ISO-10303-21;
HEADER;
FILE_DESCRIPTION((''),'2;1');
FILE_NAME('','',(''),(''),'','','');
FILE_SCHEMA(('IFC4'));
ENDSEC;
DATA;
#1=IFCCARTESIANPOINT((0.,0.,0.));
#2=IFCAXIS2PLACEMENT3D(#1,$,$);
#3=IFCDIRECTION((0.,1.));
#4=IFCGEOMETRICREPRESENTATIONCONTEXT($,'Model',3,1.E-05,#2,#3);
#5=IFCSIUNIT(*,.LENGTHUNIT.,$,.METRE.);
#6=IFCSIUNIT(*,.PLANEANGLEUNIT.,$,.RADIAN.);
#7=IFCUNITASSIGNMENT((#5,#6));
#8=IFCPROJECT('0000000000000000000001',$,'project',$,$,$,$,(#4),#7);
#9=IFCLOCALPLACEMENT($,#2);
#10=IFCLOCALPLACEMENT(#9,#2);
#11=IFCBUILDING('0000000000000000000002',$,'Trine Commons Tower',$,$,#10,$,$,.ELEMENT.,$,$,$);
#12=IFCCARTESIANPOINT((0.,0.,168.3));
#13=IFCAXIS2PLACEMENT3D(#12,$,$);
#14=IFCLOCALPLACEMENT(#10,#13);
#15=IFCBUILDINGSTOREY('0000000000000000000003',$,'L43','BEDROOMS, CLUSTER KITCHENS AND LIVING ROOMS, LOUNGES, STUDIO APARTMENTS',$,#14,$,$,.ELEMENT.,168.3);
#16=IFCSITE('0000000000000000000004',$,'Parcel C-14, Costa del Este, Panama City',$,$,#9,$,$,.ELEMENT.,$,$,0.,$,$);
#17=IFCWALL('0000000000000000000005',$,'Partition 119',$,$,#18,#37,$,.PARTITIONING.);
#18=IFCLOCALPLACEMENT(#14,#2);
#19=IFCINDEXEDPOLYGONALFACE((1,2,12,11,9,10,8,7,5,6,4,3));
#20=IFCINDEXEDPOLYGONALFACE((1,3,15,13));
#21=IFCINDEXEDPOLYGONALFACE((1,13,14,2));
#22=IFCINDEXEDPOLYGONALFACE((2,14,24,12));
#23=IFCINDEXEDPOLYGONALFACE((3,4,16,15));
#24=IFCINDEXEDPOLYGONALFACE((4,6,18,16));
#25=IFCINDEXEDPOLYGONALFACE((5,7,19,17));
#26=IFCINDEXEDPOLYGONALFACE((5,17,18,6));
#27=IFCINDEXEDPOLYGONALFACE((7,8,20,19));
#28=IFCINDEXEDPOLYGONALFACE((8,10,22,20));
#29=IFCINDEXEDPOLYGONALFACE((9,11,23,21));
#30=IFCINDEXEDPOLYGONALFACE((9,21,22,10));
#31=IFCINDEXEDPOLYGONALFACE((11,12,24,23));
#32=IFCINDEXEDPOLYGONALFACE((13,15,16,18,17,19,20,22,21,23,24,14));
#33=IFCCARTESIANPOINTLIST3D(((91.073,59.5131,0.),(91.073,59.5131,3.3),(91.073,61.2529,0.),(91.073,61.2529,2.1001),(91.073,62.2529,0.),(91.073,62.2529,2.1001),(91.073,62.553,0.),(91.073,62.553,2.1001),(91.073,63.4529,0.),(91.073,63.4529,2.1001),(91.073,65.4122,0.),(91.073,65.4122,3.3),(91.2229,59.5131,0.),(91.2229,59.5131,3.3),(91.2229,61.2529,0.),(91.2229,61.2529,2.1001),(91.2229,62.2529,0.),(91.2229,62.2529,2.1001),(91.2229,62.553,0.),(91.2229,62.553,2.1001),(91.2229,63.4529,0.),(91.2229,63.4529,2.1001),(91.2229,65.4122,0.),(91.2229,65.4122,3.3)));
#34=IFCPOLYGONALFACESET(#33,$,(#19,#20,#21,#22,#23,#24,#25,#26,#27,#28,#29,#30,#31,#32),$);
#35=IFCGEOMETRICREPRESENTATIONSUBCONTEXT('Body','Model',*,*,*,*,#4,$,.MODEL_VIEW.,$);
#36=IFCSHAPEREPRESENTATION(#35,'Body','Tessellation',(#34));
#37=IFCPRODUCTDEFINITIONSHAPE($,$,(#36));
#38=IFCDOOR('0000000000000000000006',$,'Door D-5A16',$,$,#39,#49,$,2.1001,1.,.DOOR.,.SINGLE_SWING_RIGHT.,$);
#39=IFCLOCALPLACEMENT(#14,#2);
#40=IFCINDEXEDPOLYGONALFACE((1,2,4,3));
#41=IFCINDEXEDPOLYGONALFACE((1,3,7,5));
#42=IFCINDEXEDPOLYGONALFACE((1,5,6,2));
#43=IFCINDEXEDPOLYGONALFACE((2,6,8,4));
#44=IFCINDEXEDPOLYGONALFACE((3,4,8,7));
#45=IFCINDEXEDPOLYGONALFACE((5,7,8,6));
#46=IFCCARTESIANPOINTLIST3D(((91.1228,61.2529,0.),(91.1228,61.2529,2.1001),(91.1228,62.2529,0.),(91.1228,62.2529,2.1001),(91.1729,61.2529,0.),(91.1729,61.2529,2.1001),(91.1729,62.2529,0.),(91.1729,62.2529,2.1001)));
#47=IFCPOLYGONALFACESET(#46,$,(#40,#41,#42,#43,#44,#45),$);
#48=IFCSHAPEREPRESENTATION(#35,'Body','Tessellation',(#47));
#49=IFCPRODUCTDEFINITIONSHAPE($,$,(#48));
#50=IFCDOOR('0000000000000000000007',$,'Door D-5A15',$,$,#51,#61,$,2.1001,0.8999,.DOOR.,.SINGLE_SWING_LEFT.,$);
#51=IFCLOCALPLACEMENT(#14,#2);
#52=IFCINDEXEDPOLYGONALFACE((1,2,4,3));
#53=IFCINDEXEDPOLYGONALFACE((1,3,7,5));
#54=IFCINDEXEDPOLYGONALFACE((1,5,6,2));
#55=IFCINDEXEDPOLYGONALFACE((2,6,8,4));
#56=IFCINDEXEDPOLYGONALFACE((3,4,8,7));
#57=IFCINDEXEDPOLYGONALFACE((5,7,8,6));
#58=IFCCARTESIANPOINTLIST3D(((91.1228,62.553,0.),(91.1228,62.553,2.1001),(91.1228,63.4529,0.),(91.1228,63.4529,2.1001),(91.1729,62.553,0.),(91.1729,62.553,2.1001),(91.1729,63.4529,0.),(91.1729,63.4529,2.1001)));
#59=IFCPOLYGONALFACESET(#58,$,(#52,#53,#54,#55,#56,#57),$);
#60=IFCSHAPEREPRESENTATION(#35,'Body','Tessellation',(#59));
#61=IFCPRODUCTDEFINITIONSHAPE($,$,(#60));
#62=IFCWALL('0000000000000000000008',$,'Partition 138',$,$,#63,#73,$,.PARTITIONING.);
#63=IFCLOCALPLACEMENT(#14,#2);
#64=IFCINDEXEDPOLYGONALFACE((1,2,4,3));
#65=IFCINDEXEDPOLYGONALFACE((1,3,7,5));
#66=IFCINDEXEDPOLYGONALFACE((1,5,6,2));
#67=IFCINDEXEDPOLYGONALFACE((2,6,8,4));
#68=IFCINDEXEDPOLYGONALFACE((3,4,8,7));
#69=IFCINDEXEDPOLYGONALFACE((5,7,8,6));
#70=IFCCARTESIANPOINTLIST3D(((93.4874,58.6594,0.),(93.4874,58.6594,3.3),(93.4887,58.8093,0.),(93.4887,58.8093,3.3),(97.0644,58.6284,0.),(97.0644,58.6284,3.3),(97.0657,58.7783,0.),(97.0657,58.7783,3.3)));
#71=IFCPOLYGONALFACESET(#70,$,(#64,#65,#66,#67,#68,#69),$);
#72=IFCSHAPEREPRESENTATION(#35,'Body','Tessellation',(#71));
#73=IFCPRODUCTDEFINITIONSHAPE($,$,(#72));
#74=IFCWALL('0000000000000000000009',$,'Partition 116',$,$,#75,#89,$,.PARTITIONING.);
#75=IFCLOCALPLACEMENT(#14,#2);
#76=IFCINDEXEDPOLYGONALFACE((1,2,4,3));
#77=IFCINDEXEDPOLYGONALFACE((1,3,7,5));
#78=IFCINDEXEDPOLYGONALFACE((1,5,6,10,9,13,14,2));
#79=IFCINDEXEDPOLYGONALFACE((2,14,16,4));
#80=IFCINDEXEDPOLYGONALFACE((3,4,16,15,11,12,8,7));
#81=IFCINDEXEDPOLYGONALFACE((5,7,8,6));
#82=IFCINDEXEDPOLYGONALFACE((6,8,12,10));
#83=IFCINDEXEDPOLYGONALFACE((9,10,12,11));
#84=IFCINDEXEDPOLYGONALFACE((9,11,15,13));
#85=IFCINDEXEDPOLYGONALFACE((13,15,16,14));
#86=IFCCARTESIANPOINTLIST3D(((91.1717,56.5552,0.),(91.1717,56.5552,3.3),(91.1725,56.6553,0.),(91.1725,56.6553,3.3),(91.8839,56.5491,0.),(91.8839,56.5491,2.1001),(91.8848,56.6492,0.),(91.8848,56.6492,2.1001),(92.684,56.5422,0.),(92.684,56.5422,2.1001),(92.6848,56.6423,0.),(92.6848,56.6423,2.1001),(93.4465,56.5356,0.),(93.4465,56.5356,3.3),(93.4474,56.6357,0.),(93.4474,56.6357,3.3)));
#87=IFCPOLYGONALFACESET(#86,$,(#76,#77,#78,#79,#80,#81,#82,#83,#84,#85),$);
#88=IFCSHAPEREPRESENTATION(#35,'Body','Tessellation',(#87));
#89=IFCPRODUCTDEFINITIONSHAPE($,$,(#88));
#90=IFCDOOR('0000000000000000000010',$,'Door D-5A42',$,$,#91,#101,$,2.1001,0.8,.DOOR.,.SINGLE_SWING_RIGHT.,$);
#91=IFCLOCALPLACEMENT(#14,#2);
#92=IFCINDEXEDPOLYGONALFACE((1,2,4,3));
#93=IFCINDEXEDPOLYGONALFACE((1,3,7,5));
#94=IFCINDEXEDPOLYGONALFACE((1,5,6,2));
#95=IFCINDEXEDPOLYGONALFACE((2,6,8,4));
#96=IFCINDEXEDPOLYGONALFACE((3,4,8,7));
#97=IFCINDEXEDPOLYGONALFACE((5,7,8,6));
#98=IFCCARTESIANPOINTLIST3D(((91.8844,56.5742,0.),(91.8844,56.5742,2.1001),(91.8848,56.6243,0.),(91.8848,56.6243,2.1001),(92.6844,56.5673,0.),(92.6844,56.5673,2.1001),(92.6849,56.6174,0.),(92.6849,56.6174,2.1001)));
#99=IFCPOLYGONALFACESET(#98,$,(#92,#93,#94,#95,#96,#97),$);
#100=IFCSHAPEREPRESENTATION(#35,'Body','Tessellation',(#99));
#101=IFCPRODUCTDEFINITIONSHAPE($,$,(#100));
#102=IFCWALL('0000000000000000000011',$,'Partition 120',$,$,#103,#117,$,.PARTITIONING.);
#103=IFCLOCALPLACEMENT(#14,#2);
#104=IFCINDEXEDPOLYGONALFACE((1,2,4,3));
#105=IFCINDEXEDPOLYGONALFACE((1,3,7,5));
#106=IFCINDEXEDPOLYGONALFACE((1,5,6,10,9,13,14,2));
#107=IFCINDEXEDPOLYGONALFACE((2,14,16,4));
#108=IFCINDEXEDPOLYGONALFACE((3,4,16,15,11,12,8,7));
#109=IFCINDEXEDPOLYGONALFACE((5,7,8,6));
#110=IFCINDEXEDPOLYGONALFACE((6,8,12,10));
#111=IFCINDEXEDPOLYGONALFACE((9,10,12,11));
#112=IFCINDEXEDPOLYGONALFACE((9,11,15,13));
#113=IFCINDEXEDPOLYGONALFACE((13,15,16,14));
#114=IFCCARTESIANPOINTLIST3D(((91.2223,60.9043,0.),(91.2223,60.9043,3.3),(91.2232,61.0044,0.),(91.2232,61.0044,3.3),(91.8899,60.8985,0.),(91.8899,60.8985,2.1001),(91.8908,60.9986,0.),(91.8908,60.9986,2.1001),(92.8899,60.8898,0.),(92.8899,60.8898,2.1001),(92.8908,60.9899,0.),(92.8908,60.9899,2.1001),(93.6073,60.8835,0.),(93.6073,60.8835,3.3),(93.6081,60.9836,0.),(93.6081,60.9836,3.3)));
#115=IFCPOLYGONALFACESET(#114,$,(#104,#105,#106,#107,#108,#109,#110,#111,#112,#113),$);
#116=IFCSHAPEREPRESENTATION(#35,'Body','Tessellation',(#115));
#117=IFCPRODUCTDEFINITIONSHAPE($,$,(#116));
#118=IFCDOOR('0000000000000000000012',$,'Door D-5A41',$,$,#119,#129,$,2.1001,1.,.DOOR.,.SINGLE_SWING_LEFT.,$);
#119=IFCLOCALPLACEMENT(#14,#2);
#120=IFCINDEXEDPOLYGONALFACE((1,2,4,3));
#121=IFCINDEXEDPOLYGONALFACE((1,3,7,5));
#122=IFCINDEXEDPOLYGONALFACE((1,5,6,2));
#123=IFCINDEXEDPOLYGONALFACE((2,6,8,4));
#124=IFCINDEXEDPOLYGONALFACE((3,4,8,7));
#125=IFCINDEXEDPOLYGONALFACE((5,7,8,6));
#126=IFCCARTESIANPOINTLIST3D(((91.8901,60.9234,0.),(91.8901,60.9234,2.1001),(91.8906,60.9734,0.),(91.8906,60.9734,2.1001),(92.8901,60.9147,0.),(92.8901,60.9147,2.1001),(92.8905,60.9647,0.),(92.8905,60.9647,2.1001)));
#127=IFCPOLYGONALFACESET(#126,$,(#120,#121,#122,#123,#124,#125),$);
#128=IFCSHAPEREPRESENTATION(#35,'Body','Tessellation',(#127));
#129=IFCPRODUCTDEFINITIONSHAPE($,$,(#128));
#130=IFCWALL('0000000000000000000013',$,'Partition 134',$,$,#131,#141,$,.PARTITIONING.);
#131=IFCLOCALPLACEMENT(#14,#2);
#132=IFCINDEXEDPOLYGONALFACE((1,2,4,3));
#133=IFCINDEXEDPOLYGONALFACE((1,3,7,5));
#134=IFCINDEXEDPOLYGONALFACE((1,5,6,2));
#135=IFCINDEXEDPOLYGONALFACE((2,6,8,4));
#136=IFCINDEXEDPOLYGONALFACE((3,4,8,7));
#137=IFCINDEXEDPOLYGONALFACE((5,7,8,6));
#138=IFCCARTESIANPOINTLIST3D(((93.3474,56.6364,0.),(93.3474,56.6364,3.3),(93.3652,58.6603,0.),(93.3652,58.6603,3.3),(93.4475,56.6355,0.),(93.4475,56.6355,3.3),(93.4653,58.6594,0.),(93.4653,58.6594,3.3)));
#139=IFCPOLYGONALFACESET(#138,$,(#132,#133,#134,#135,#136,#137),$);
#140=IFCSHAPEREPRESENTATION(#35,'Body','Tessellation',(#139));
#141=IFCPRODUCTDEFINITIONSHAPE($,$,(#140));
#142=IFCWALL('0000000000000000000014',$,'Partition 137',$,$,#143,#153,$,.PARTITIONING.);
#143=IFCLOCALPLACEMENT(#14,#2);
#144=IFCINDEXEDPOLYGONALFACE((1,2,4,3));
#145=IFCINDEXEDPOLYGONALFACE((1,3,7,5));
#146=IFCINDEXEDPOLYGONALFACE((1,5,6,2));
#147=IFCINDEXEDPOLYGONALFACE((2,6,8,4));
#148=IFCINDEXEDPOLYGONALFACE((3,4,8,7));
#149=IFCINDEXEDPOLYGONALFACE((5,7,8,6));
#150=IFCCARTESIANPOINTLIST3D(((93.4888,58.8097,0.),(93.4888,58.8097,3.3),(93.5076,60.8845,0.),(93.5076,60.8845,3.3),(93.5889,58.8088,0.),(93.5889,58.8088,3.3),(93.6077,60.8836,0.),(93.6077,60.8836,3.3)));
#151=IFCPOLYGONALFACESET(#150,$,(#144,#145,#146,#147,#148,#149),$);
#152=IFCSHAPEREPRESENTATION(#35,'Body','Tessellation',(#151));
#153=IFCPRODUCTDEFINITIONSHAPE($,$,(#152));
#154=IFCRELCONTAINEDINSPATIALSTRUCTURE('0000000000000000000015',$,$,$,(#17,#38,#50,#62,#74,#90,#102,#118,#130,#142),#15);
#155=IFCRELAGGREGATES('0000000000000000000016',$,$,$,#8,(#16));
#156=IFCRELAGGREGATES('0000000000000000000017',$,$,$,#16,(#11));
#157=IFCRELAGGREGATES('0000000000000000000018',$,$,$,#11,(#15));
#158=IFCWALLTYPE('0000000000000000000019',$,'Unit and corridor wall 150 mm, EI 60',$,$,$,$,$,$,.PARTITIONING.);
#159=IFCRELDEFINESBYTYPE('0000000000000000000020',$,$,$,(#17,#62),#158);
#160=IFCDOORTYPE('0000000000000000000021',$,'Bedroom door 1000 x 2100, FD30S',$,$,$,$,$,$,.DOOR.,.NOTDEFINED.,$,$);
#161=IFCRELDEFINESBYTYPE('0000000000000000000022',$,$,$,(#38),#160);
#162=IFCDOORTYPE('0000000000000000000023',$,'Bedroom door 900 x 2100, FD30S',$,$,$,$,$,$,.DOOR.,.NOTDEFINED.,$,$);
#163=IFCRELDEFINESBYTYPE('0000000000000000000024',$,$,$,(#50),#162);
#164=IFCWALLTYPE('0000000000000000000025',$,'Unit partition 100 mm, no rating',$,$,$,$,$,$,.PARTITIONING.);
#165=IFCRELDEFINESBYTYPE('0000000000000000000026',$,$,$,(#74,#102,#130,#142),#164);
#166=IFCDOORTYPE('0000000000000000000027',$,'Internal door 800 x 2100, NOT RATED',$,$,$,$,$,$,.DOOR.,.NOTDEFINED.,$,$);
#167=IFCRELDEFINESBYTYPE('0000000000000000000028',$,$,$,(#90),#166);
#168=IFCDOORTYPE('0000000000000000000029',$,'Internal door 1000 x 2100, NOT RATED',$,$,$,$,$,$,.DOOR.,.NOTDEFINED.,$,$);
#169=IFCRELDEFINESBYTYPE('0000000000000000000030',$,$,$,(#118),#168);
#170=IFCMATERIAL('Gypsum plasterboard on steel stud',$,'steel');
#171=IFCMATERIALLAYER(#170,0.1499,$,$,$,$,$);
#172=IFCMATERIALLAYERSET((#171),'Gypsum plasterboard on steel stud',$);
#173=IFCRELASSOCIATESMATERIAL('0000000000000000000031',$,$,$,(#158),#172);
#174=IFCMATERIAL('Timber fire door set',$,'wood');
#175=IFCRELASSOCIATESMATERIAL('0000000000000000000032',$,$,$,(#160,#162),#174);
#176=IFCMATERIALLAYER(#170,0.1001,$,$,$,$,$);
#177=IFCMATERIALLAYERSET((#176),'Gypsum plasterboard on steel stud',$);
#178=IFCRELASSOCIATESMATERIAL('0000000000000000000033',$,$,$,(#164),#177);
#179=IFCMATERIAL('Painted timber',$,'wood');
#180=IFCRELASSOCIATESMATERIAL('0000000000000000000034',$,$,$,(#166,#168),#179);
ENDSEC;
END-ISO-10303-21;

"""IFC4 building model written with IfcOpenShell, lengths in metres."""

from ifc_helpers import new_model, si_unit, direction, frame, frame_2d, origin, place, context, subcontext, project, spatial, rectangle, extrude, material, layer, layer_set, type_object, element, fill, save


model = new_model("IFC4")

# Units and contexts
model_context = context("Model", 3, precision=1e-05, world=origin(), true_north=direction((0.0, 1.0)))
body_context = subcontext(model_context, "Body", "Model", "MODEL_VIEW")
ifc_project = project(units=[si_unit("LENGTHUNIT", "METRE"), si_unit("PLANEANGLEUNIT", "RADIAN")], contexts=[model_context])

# Site, building, storey
site_placement = place(None, origin())
site = spatial("IfcSite", under=ifc_project, at=site_placement, Name="Parcel C-14, Costa del Este, Panama City", CompositionType="ELEMENT", RefElevation=0.0)
building_placement = place(site_placement, origin())
building = spatial("IfcBuilding", under=site, at=building_placement, Name="Trine Commons Tower", CompositionType="ELEMENT")
storey_placement = place(building_placement, frame((0.0, 0.0, 168.3)))
storey = spatial("IfcBuildingStorey", under=building, at=storey_placement, Name="L43", Description="BEDROOMS, CLUSTER KITCHENS AND LIVING ROOMS, LOUNGES, STUDIO APARTMENTS", CompositionType="ELEMENT", Elevation=168.3)

# Shared definitions
ifc_material_1 = material(Name="Gypsum plasterboard on steel stud", Category="steel")
ifc_layer_1 = layer(ifc_material_1, 0.1499)
ifc_layer_set_1 = layer_set([ifc_layer_1], Name="Gypsum plasterboard on steel stud")
wall_type_1 = type_object("IfcWallType", Name="Unit and corridor wall 150 mm, EI 60", PredefinedType="PARTITIONING", material=ifc_layer_set_1)

# Wall, openings, doors
wall_1_placement = place(storey_placement, frame((91.1479, 59.5129, 0.0), z_axis=(0.0, 0.0, 1.0), x_axis=(0.0, 1.0, 0.0)))
wall_1 = element("IfcWall", 1, at=wall_1_placement, inside=storey, type_object=wall_type_1, Name="Partition 119", PredefinedType="PARTITIONING", context=body_context, shape_type="SweptSolid", body=[
    extrude(rectangle(XDim=5.8992, YDim=0.1499, at=frame_2d((2.9497, 0.0))), origin(), (0.0, 0.0, 1.0), 3.3),
])
opening_1_placement = place(wall_1_placement, frame((3.04, 0.0, 0.0)))
opening_1 = element("IfcOpeningElement", 2, at=opening_1_placement, cuts=wall_1, PredefinedType="OPENING", context=body_context, shape_type="SweptSolid", body=[
    extrude(rectangle(XDim=0.8999, YDim=2.1001, at=frame_2d((0.45, 1.05))), frame((0.0, 0.085, 0.0), z_axis=(0.0, -1.0, 0.0), x_axis=(1.0, 0.0, 0.0)), (0.0, 0.0, 1.0), 0.1699),
])
opening_2_placement = place(wall_1_placement, frame((1.74, 0.0, 0.0)))
opening_2 = element("IfcOpeningElement", 3, at=opening_2_placement, cuts=wall_1, PredefinedType="OPENING", context=body_context, shape_type="SweptSolid", body=[
    extrude(rectangle(XDim=1.0, YDim=2.1001, at=frame_2d((0.5, 1.05))), frame((0.0, 0.085, 0.0), z_axis=(0.0, -1.0, 0.0), x_axis=(1.0, 0.0, 0.0)), (0.0, 0.0, 1.0), 0.1699),
])
ifc_material_2 = material(Name="Timber fire door set", Category="wood")
door_type_1 = type_object("IfcDoorType", Name="Bedroom door 1000 x 2100, FD30S", OperationType="NOTDEFINED", PredefinedType="DOOR", material=ifc_material_2)
door_1_placement = place(opening_2_placement, frame((1.0, 0.0, 0.0), z_axis=(0.0, 0.0, 1.0), x_axis=(-1.0, 0.0, 0.0)))
door_1 = element("IfcDoor", 4, at=door_1_placement, inside=storey, type_object=door_type_1, Name="Door D-5A16", OperationType="SINGLE_SWING_RIGHT", OverallHeight=2.1001, OverallWidth=1.0, PredefinedType="DOOR", context=body_context, shape_type="SweptSolid", body=[
    extrude(rectangle(XDim=1.0, YDim=2.1001, at=frame_2d((0.5, 1.05))), frame((0.0, 0.0249, 0.0), z_axis=(0.0, -1.0, 0.0), x_axis=(1.0, 0.0, 0.0)), (0.0, 0.0, 1.0), 0.05),
])
fill(opening_2, door_1)
door_type_2 = type_object("IfcDoorType", Name="Bedroom door 900 x 2100, FD30S", OperationType="NOTDEFINED", PredefinedType="DOOR", material=ifc_material_2)
door_2_placement = place(opening_1_placement, frame((0.8999, 0.0, 0.0), z_axis=(0.0, 0.0, 1.0), x_axis=(-1.0, 0.0, 0.0)))
door_2 = element("IfcDoor", 5, at=door_2_placement, inside=storey, type_object=door_type_2, Name="Door D-5A15", OperationType="SINGLE_SWING_LEFT", OverallHeight=2.1001, OverallWidth=0.8999, PredefinedType="DOOR", context=body_context, shape_type="SweptSolid", body=[
    extrude(rectangle(XDim=0.8999, YDim=2.1001, at=frame_2d((0.45, 1.05))), frame((0.0, 0.0249, 0.0), z_axis=(0.0, -1.0, 0.0), x_axis=(1.0, 0.0, 0.0)), (0.0, 0.0, 1.0), 0.05),
])
fill(opening_1, door_2)

# Wall
wall_2_placement = place(storey_placement, frame((93.488, 58.7344, 0.0), z_axis=(0.0, 0.0, 1.0), x_axis=(0.999962, -0.008668, 0.0)))
element("IfcWall", 6, at=wall_2_placement, inside=storey, type_object=wall_type_1, Name="Partition 138", PredefinedType="PARTITIONING", context=body_context, shape_type="SweptSolid", body=[
    extrude(rectangle(XDim=3.5771, YDim=0.1499, at=frame_2d((1.7886, 0.0))), origin(), (0.0, 0.0, 1.0), 3.3),
])

# Walls, openings, doors
ifc_layer_2 = layer(ifc_material_1, 0.1001)
ifc_layer_set_2 = layer_set([ifc_layer_2], Name="Gypsum plasterboard on steel stud")
wall_type_2 = type_object("IfcWallType", Name="Unit partition 100 mm, no rating", PredefinedType="PARTITIONING", material=ifc_layer_set_2)
wall_3_placement = place(storey_placement, frame((91.1721, 56.6052, 0.0), z_axis=(0.0, 0.0, 1.0), x_axis=(0.999963, -0.008585, 0.0)))
wall_3 = element("IfcWall", 7, at=wall_3_placement, inside=storey, type_object=wall_type_2, Name="Partition 116", PredefinedType="PARTITIONING", context=body_context, shape_type="SweptSolid", body=[
    extrude(rectangle(XDim=2.2749, YDim=0.1001, at=frame_2d((1.1375, 0.0))), origin(), (0.0, 0.0, 1.0), 3.3),
])
opening_3_placement = place(wall_3_placement, frame((0.7124, 0.0, 0.0)))
opening_3 = element("IfcOpeningElement", 8, at=opening_3_placement, cuts=wall_3, PredefinedType="OPENING", context=body_context, shape_type="SweptSolid", body=[
    extrude(rectangle(XDim=0.8, YDim=2.1001, at=frame_2d((0.3999, 1.05))), frame((0.0, 0.0601, 0.0), z_axis=(0.0, -1.0, 0.0), x_axis=(1.0, 0.0, 0.0)), (0.0, 0.0, 1.0), 0.1201),
])
ifc_material_3 = material(Name="Painted timber", Category="wood")
door_type_3 = type_object("IfcDoorType", Name="Internal door 800 x 2100, NOT RATED", OperationType="NOTDEFINED", PredefinedType="DOOR", material=ifc_material_3)
door_3_placement = place(opening_3_placement, frame((0.8, 0.0, 0.0), z_axis=(0.0, 0.0, 1.0), x_axis=(-1.0, 0.0, 0.0)))
door_3 = element("IfcDoor", 9, at=door_3_placement, inside=storey, type_object=door_type_3, Name="Door D-5A42", OperationType="SINGLE_SWING_RIGHT", OverallHeight=2.1001, OverallWidth=0.8, PredefinedType="DOOR", context=body_context, shape_type="SweptSolid", body=[
    extrude(rectangle(XDim=0.8, YDim=2.1001, at=frame_2d((0.3999, 1.05))), frame((0.0, 0.0249, 0.0), z_axis=(0.0, -1.0, 0.0), x_axis=(1.0, 0.0, 0.0)), (0.0, 0.0, 1.0), 0.05),
])
fill(opening_3, door_3)
wall_4_placement = place(storey_placement, frame((91.2229, 60.9543, 0.0), z_axis=(0.0, 0.0, 1.0), x_axis=(0.999962, -0.008701, 0.0)))
wall_4 = element("IfcWall", 10, at=wall_4_placement, inside=storey, type_object=wall_type_2, Name="Partition 120", PredefinedType="PARTITIONING", context=body_context, shape_type="SweptSolid", body=[
    extrude(rectangle(XDim=2.385, YDim=0.1001, at=frame_2d((1.1924, 0.0))), origin(), (0.0, 0.0, 1.0), 3.3),
])
opening_4_placement = place(wall_4_placement, frame((0.6675, 0.0, 0.0)))
opening_4 = element("IfcOpeningElement", 11, at=opening_4_placement, cuts=wall_4, PredefinedType="OPENING", context=body_context, shape_type="SweptSolid", body=[
    extrude(rectangle(XDim=1.0, YDim=2.1001, at=frame_2d((0.5, 1.05))), frame((0.0, 0.0601, 0.0), z_axis=(0.0, -1.0, 0.0), x_axis=(1.0, 0.0, 0.0)), (0.0, 0.0, 1.0), 0.1201),
])
door_type_4 = type_object("IfcDoorType", Name="Internal door 1000 x 2100, NOT RATED", OperationType="NOTDEFINED", PredefinedType="DOOR", material=ifc_material_3)
door_4_placement = place(opening_4_placement, origin())
door_4 = element("IfcDoor", 12, at=door_4_placement, inside=storey, type_object=door_type_4, Name="Door D-5A41", OperationType="SINGLE_SWING_LEFT", OverallHeight=2.1001, OverallWidth=1.0, PredefinedType="DOOR", context=body_context, shape_type="SweptSolid", body=[
    extrude(rectangle(XDim=1.0, YDim=2.1001, at=frame_2d((0.5, 1.05))), frame((0.0, 0.0249, 0.0), z_axis=(0.0, -1.0, 0.0), x_axis=(1.0, 0.0, 0.0)), (0.0, 0.0, 1.0), 0.05),
])
fill(opening_4, door_4)

# Walls
wall_5_placement = place(storey_placement, frame((93.3975, 56.636, 0.0), z_axis=(0.0, 0.0, 1.0), x_axis=(0.008805, 0.999961, 0.0)))
element("IfcWall", 13, at=wall_5_placement, inside=storey, type_object=wall_type_2, Name="Partition 134", PredefinedType="PARTITIONING", context=body_context, shape_type="SweptSolid", body=[
    extrude(rectangle(XDim=2.0239, YDim=0.1001, at=frame_2d((1.012, 0.0))), origin(), (0.0, 0.0, 1.0), 3.3),
])
wall_6_placement = place(storey_placement, frame((93.5388, 58.8091, 0.0), z_axis=(0.0, 0.0, 1.0), x_axis=(0.00906, 0.999959, 0.0)))
element("IfcWall", 14, at=wall_6_placement, inside=storey, type_object=wall_type_2, Name="Partition 137", PredefinedType="PARTITIONING", context=body_context, shape_type="SweptSolid", body=[
    extrude(rectangle(XDim=2.075, YDim=0.1001, at=frame_2d((1.0376, 0.0))), origin(), (0.0, 0.0, 1.0), 3.3),
])

save(model, "model.ifc")
